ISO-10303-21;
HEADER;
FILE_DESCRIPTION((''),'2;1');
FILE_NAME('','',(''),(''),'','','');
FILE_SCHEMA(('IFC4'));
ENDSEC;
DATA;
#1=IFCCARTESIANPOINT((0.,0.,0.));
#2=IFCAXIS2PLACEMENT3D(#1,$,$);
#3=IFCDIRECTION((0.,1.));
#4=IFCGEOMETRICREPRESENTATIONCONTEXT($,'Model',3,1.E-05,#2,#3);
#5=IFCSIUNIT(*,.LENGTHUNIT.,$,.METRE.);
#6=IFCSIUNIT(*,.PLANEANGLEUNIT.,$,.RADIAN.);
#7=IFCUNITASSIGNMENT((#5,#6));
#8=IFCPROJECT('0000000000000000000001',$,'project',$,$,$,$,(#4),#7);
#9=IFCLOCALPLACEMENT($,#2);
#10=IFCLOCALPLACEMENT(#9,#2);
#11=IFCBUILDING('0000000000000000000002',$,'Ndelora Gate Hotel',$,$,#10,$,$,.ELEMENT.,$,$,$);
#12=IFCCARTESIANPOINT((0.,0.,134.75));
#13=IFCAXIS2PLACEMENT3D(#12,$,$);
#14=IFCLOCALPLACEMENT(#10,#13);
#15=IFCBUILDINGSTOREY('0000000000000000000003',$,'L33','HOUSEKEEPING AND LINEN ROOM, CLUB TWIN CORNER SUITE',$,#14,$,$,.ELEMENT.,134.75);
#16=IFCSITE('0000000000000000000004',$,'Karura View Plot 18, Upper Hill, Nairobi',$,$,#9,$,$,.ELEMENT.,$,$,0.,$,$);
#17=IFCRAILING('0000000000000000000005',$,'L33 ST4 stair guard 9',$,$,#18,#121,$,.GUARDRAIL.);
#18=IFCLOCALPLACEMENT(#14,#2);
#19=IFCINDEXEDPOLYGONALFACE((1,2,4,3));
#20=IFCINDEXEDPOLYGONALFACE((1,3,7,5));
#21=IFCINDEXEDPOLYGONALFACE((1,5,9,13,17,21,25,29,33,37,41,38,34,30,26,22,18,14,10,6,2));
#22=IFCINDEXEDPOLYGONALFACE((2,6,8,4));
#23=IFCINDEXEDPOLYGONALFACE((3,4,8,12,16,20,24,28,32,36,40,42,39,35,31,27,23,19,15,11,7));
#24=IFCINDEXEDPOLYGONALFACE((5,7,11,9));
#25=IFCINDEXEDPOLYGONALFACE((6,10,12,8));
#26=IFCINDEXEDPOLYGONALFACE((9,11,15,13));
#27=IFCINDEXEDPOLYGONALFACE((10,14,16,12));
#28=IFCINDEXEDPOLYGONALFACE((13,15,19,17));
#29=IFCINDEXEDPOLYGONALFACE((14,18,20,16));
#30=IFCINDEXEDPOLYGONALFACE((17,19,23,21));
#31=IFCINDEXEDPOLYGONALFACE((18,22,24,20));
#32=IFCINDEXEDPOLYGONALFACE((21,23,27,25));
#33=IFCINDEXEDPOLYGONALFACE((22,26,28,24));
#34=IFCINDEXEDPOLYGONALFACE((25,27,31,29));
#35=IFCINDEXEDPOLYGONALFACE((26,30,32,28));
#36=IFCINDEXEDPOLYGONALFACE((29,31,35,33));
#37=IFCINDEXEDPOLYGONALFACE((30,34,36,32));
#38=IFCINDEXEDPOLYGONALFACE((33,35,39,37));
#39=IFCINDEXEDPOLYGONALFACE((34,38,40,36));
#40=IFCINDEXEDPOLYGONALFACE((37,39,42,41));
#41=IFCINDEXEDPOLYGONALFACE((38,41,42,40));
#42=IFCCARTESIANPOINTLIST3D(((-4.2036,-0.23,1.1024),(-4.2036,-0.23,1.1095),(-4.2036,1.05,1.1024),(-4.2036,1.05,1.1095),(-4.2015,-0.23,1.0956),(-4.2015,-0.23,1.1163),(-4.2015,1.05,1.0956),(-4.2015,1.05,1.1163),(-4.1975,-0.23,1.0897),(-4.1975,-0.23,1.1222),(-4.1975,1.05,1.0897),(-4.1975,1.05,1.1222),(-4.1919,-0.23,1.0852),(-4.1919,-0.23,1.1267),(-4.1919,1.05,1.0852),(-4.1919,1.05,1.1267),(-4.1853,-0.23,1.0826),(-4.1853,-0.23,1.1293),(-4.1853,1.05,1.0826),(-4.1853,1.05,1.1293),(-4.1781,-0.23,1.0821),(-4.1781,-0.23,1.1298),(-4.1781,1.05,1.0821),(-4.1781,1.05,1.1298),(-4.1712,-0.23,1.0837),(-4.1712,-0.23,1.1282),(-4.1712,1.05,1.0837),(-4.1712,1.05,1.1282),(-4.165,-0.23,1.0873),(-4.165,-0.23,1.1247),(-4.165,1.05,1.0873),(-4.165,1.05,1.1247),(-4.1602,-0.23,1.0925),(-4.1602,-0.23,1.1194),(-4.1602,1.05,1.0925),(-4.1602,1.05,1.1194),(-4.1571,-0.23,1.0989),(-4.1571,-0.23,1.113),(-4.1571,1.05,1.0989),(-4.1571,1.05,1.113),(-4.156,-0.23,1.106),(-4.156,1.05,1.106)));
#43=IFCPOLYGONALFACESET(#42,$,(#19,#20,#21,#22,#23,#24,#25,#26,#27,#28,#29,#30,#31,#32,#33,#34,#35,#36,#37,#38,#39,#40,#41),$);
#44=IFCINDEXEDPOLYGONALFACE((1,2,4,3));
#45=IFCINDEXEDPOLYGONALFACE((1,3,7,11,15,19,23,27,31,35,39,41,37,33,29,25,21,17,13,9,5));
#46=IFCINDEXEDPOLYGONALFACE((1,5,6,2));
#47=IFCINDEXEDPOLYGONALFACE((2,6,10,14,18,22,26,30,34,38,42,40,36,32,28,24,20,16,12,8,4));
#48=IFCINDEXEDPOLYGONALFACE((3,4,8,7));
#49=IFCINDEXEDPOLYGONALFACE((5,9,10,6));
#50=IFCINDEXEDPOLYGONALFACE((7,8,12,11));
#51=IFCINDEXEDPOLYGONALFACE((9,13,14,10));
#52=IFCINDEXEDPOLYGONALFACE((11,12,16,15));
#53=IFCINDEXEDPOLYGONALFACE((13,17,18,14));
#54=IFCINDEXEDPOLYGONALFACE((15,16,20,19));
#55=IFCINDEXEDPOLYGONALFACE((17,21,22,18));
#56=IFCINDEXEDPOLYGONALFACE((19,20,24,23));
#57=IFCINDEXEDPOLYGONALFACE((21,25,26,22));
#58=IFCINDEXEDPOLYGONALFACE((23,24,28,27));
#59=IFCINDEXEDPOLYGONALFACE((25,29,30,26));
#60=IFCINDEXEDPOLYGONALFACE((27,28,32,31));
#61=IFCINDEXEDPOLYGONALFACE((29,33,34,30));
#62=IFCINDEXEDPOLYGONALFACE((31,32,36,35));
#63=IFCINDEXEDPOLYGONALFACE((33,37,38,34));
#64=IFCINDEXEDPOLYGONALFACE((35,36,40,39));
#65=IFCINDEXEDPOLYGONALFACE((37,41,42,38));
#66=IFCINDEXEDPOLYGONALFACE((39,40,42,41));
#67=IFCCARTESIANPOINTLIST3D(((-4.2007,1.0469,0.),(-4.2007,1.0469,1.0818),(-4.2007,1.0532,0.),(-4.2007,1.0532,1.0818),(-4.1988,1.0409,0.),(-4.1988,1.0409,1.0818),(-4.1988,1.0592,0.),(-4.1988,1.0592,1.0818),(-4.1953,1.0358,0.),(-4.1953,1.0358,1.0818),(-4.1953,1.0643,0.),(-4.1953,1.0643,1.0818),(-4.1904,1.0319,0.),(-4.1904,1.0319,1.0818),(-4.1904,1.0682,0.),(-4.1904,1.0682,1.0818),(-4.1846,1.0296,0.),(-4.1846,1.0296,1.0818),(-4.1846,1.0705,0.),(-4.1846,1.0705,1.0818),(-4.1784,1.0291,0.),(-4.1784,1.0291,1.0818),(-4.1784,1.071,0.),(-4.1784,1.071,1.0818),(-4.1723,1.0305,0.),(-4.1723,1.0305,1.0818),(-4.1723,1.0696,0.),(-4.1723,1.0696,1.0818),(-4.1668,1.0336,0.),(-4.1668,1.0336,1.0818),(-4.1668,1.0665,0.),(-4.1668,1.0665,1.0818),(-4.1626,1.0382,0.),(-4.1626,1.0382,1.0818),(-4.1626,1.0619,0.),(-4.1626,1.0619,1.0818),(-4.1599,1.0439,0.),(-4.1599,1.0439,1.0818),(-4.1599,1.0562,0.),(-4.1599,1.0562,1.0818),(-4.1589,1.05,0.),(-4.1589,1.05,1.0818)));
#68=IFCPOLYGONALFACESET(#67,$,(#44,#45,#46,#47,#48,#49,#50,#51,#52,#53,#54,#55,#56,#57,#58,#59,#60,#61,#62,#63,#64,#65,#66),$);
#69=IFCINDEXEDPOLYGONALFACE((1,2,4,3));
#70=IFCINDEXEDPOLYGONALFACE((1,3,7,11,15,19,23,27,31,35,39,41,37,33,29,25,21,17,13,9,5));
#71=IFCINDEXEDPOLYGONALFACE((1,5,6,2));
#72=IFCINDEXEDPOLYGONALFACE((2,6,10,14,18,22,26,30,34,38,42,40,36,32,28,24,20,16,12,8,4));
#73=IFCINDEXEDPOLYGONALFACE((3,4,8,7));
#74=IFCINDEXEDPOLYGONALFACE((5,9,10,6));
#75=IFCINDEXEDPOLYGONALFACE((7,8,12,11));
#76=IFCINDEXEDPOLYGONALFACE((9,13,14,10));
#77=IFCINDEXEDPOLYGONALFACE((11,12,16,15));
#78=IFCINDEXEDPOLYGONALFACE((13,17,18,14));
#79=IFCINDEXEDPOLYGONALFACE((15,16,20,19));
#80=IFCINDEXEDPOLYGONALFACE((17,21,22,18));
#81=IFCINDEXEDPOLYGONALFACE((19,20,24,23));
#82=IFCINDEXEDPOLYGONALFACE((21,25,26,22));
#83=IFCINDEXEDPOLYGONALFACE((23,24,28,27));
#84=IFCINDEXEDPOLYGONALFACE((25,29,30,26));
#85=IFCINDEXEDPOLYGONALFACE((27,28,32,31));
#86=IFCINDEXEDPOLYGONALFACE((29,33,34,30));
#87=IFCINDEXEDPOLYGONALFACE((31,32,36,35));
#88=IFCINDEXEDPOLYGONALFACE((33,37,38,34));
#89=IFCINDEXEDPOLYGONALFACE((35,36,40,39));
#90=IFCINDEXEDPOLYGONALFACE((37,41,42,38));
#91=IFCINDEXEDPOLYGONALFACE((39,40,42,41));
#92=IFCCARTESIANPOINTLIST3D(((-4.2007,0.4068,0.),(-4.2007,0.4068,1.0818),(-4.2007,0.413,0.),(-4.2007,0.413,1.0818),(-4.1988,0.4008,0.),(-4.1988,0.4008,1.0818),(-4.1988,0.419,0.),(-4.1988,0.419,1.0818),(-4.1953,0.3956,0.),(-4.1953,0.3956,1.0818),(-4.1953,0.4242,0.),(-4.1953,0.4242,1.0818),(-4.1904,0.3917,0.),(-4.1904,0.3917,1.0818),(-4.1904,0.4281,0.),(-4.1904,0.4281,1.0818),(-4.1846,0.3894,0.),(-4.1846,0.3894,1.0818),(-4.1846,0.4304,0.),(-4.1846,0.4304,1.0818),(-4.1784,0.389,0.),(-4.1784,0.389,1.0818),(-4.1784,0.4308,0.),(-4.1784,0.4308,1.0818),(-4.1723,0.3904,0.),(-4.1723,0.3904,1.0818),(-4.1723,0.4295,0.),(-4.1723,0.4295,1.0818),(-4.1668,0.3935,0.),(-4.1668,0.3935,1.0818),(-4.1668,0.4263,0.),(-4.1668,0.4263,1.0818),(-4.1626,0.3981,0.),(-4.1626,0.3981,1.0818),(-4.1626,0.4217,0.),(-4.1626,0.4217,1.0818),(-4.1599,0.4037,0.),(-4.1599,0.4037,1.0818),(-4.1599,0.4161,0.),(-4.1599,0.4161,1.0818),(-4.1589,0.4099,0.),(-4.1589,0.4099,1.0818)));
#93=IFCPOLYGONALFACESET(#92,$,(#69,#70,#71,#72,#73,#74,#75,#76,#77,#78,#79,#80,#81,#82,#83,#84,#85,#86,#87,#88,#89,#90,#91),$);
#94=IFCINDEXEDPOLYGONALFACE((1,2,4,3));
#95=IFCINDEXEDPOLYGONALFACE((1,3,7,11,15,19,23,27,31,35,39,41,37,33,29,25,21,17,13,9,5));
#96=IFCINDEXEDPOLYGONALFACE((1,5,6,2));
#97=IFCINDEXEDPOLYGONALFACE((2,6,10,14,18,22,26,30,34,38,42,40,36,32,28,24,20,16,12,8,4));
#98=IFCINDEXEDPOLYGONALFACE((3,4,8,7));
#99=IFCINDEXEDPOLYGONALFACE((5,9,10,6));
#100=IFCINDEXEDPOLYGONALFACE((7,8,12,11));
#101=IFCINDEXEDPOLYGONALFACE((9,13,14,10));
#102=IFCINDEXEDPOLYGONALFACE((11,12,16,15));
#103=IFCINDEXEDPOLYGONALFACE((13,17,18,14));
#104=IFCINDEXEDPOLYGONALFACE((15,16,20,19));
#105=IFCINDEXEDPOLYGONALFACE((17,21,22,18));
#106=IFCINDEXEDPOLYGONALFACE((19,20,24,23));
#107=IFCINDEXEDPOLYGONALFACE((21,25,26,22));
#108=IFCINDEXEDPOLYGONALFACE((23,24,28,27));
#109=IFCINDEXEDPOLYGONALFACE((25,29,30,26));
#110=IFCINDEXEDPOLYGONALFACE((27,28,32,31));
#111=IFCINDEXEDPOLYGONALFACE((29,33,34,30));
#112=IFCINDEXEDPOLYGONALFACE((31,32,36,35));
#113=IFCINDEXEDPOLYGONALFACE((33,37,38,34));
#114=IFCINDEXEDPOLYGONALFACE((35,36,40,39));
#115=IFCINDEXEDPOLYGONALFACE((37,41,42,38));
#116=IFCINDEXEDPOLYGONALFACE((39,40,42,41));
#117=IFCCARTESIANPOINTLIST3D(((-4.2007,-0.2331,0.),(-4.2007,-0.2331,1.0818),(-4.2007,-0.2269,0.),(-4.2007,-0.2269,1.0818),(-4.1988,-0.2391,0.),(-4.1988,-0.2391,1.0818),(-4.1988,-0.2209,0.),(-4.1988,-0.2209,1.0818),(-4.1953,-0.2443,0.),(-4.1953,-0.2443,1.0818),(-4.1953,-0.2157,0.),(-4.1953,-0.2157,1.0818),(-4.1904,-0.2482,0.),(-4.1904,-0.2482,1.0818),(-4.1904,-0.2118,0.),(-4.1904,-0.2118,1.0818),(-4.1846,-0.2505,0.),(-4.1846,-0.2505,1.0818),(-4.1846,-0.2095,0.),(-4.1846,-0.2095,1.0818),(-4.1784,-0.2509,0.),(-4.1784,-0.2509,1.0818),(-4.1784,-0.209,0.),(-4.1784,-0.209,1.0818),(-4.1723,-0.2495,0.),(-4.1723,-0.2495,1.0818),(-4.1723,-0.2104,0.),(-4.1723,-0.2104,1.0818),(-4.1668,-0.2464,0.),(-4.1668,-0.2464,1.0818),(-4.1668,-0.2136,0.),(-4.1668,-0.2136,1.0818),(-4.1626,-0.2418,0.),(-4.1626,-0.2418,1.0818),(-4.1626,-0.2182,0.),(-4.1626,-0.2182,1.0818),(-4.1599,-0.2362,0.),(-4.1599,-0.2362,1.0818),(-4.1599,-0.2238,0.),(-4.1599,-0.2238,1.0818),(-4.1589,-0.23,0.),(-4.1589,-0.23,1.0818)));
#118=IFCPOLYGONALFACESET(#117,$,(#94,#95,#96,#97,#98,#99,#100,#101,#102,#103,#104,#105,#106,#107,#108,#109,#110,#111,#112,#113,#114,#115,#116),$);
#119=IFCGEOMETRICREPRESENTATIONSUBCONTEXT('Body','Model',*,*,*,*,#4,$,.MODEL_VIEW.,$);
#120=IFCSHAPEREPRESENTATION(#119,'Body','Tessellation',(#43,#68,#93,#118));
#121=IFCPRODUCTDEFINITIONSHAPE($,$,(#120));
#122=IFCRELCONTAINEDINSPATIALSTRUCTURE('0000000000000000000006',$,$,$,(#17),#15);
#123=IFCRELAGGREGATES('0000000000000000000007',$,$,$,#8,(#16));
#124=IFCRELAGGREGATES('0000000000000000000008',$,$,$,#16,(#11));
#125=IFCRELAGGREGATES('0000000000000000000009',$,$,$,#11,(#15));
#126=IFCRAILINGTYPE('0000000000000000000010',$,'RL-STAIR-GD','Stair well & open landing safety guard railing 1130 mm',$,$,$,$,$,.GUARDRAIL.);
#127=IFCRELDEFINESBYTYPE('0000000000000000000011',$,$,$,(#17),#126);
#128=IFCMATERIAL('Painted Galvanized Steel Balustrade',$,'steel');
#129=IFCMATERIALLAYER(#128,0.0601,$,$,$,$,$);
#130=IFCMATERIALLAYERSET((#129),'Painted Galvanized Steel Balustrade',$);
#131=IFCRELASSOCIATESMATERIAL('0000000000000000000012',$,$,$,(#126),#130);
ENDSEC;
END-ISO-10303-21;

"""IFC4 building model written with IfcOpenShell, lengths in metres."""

from ifc_helpers import new_model, si_unit, direction, frame, origin, origin_2d, place, context, subcontext, project, spatial, circle, extrude, material, layer, layer_set, type_object, element, save


model = new_model("IFC4")

# Units and contexts
model_context = context("Model", 3, precision=1e-05, world=origin(), true_north=direction((0.0, 1.0)))
body_context = subcontext(model_context, "Body", "Model", "MODEL_VIEW")
ifc_project = project(units=[si_unit("LENGTHUNIT", "METRE"), si_unit("PLANEANGLEUNIT", "RADIAN")], contexts=[model_context])

# Site, building, storey
site_placement = place(None, origin())
site = spatial("IfcSite", under=ifc_project, at=site_placement, Name="Karura View Plot 18, Upper Hill, Nairobi", CompositionType="ELEMENT", RefElevation=0.0)
building_placement = place(site_placement, origin())
building = spatial("IfcBuilding", under=site, at=building_placement, Name="Ndelora Gate Hotel", CompositionType="ELEMENT")
storey_placement = place(building_placement, frame((0.0, 0.0, 134.75)))
storey = spatial("IfcBuildingStorey", under=building, at=storey_placement, Name="L33", Description="HOUSEKEEPING AND LINEN ROOM, CLUB TWIN CORNER SUITE", CompositionType="ELEMENT", Elevation=134.75)

# Railing
ifc_material_1 = material(Name="Painted Galvanized Steel Balustrade", Category="steel")
ifc_layer_1 = layer(ifc_material_1, 0.0601)
ifc_layer_set_1 = layer_set([ifc_layer_1], Name="Painted Galvanized Steel Balustrade")
railing_type = type_object("IfcRailingType", Name="RL-STAIR-GD", Description="Stair well & open landing safety guard railing 1130 mm", PredefinedType="GUARDRAIL", material=ifc_layer_set_1)
for number, where, name in (
    (1, (-4.1799, 1.05, 0.0), "L33 ST4 stair guard 9"),
):
    element("IfcRailing", number, at=place(storey_placement, frame(where)), inside=storey, type_object=railing_type, Name=name, PredefinedType="GUARDRAIL", context=body_context, shape_type="SweptSolid", body=[
        extrude(circle(Radius=0.0239, at=origin_2d()), frame((0.0, 0.0, 1.106), z_axis=(0.0, -1.0, 0.0), x_axis=(1.0, 0.0, 0.0)), (0.0, 0.0, 1.0), 1.28),
        extrude(circle(Radius=0.021, at=origin_2d()), origin(), (0.0, 0.0, 1.0), 1.0818),
        extrude(circle(Radius=0.021, at=origin_2d()), frame((0.0, -0.6401, 0.0)), (0.0, 0.0, 1.0), 1.0818),
        extrude(circle(Radius=0.021, at=origin_2d()), frame((0.0, -1.28, 0.0)), (0.0, 0.0, 1.0), 1.0818),
    ])

save(model, "model.ifc")
